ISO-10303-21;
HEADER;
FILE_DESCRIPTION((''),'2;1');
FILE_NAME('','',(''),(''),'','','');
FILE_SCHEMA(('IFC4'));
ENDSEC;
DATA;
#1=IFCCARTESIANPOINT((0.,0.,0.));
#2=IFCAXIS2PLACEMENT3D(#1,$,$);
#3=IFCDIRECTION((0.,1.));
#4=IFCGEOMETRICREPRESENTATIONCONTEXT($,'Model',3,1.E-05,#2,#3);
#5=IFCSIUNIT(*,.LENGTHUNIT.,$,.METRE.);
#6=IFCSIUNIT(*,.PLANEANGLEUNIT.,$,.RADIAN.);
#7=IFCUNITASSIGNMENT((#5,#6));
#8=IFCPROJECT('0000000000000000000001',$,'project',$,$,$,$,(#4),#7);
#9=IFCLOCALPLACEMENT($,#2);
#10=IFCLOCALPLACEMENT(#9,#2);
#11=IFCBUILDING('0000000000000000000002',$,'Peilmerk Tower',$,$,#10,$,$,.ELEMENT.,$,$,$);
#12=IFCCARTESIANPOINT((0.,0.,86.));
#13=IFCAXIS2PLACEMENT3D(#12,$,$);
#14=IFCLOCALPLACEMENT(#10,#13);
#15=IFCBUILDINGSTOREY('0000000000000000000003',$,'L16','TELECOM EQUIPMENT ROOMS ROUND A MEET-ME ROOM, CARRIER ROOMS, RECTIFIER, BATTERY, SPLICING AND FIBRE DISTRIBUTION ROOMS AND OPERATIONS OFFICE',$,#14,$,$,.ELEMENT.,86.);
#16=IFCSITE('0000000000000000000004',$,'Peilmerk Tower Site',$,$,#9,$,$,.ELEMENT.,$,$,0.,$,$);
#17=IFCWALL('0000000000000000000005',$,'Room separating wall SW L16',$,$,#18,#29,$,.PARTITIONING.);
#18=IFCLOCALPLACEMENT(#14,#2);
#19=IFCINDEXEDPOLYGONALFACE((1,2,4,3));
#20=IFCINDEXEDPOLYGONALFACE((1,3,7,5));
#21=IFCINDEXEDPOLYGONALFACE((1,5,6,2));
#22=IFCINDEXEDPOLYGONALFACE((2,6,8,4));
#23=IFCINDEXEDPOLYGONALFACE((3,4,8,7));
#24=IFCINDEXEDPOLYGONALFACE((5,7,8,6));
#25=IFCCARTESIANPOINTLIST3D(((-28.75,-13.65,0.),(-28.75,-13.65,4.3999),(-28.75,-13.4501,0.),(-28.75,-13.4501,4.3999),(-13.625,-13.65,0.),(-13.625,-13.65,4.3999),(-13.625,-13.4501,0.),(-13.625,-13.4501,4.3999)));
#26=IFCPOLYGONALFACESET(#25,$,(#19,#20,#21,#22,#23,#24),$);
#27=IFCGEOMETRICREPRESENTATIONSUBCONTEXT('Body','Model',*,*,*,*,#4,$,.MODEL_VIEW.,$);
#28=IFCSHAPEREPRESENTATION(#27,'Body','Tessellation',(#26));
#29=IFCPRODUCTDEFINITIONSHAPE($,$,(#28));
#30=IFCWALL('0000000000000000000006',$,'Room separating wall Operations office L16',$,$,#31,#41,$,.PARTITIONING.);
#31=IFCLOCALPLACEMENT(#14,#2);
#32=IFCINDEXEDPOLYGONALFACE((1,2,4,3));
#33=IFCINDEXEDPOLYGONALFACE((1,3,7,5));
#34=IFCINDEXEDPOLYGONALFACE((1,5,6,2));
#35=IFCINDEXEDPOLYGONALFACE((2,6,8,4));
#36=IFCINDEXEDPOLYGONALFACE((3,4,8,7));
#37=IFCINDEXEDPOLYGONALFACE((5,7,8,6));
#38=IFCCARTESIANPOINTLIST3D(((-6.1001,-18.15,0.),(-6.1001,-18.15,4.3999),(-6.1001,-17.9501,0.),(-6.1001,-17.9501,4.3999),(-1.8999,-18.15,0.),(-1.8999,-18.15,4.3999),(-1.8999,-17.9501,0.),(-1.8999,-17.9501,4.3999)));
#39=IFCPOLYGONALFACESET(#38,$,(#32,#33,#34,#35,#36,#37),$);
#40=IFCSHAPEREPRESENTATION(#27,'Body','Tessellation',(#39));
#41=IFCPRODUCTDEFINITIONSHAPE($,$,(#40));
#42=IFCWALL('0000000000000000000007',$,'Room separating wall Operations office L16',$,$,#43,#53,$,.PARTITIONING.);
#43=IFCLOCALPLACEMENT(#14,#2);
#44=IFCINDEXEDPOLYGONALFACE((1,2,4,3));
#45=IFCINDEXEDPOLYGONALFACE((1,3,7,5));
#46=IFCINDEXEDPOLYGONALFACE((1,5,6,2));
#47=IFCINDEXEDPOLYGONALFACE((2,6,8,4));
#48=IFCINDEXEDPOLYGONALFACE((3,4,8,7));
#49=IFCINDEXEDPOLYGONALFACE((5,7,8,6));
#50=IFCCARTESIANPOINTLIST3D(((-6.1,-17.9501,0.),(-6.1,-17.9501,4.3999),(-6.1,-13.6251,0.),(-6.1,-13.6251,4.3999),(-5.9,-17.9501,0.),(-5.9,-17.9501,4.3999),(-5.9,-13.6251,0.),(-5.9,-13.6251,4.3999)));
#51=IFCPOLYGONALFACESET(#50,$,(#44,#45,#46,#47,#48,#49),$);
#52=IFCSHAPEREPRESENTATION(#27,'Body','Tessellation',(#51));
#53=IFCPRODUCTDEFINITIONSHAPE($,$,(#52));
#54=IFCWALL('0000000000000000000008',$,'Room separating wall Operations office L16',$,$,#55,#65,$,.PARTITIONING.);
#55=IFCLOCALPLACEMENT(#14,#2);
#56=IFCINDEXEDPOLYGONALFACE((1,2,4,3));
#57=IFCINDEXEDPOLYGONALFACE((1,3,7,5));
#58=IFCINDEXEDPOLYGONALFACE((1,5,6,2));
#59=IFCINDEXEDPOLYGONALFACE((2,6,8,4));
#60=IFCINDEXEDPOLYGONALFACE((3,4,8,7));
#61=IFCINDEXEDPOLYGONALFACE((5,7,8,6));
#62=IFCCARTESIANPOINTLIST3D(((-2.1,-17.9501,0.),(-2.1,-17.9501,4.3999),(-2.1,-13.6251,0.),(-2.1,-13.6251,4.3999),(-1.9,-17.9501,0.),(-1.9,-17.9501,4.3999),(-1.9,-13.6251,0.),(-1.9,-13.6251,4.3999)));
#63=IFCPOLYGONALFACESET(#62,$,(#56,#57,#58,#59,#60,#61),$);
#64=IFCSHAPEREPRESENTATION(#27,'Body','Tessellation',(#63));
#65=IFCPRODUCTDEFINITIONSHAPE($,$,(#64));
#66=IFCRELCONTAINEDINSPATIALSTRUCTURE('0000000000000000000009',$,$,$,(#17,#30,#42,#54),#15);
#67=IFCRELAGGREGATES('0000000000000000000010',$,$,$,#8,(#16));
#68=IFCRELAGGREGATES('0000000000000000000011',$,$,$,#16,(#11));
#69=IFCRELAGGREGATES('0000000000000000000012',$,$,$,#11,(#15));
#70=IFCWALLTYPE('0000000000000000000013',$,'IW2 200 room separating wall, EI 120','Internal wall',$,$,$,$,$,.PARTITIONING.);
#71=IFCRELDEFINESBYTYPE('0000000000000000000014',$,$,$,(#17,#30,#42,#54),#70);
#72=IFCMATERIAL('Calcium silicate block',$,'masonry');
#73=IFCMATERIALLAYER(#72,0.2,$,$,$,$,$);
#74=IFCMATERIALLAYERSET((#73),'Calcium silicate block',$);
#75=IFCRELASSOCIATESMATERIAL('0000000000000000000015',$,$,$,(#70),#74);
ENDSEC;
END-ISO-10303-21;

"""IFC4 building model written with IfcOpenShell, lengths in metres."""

from ifc_helpers import new_model, si_unit, direction, frame, frame_2d, origin, place, context, subcontext, project, spatial, rectangle, extrude, material, layer, layer_set, type_object, element, save


model = new_model("IFC4")

# Units and contexts
model_context = context("Model", 3, precision=1e-05, world=origin(), true_north=direction((0.0, 1.0)))
body_context = subcontext(model_context, "Body", "Model", "MODEL_VIEW")
ifc_project = project(units=[si_unit("LENGTHUNIT", "METRE"), si_unit("PLANEANGLEUNIT", "RADIAN")], contexts=[model_context])

# Site, building, storey
site_placement = place(None, origin())
site = spatial("IfcSite", under=ifc_project, at=site_placement, Name="Peilmerk Tower Site", CompositionType="ELEMENT", RefElevation=0.0)
building_placement = place(site_placement, origin())
building = spatial("IfcBuilding", under=site, at=building_placement, Name="Peilmerk Tower", CompositionType="ELEMENT")
storey_placement = place(building_placement, frame((0.0, 0.0, 86.0)))
storey = spatial("IfcBuildingStorey", under=building, at=storey_placement, Name="L16", Description="TELECOM EQUIPMENT ROOMS ROUND A MEET-ME ROOM, CARRIER ROOMS, RECTIFIER, BATTERY, SPLICING AND FIBRE DISTRIBUTION ROOMS AND OPERATIONS OFFICE", CompositionType="ELEMENT", Elevation=86.0)

# Walls
ifc_material_1 = material(Name="Calcium silicate block", Category="masonry")
ifc_layer = layer(ifc_material_1, 0.2)
ifc_layer_set = layer_set([ifc_layer], Name="Calcium silicate block")
wall_type = type_object("IfcWallType", Name="IW2 200 room separating wall, EI 120", Description="Internal wall", PredefinedType="PARTITIONING", material=ifc_layer_set)
wall_1_placement = place(storey_placement, frame((-13.625, -13.55, 0.0), z_axis=(0.0, 0.0, 1.0), x_axis=(-1.0, 0.0, 0.0)))
element("IfcWall", 1, at=wall_1_placement, inside=storey, type_object=wall_type, Name="Room separating wall SW L16", PredefinedType="PARTITIONING", context=body_context, shape_type="SweptSolid", body=[
    extrude(rectangle(XDim=15.125, YDim=0.2, at=frame_2d((7.5625, 0.0))), origin(), (0.0, 0.0, 1.0), 4.3999),
])
wall_2_placement = place(storey_placement, frame((-6.1001, -18.05, 0.0), z_axis=(0.0, 0.0, 1.0), x_axis=(1.0, 0.0, 0.0)))
element("IfcWall", 2, at=wall_2_placement, inside=storey, type_object=wall_type, Name="Room separating wall Operations office L16", PredefinedType="PARTITIONING", context=body_context, shape_type="SweptSolid", body=[
    extrude(rectangle(XDim=4.2002, YDim=0.2, at=frame_2d((2.1001, 0.0))), origin(), (0.0, 0.0, 1.0), 4.3999),
])
for number, where, z_axis, x_axis, name in (
    (3, (-6.0, -13.625, 0.0), (0.0, 0.0, 1.0), (0.0, -1.0, 0.0), "Room separating wall Operations office L16"),
    (4, (-2.0, -13.625, 0.0), (0.0, 0.0, 1.0), (0.0, -1.0, 0.0), "Room separating wall Operations office L16"),
):
    element("IfcWall", number, at=place(storey_placement, frame(where, z_axis=z_axis, x_axis=x_axis)), inside=storey, type_object=wall_type, Name=name, PredefinedType="PARTITIONING", context=body_context, shape_type="SweptSolid", body=[
        extrude(rectangle(XDim=4.325, YDim=0.2, at=frame_2d((2.1626, 0.0))), origin(), (0.0, 0.0, 1.0), 4.3999),
    ])

save(model, "model.ifc")
